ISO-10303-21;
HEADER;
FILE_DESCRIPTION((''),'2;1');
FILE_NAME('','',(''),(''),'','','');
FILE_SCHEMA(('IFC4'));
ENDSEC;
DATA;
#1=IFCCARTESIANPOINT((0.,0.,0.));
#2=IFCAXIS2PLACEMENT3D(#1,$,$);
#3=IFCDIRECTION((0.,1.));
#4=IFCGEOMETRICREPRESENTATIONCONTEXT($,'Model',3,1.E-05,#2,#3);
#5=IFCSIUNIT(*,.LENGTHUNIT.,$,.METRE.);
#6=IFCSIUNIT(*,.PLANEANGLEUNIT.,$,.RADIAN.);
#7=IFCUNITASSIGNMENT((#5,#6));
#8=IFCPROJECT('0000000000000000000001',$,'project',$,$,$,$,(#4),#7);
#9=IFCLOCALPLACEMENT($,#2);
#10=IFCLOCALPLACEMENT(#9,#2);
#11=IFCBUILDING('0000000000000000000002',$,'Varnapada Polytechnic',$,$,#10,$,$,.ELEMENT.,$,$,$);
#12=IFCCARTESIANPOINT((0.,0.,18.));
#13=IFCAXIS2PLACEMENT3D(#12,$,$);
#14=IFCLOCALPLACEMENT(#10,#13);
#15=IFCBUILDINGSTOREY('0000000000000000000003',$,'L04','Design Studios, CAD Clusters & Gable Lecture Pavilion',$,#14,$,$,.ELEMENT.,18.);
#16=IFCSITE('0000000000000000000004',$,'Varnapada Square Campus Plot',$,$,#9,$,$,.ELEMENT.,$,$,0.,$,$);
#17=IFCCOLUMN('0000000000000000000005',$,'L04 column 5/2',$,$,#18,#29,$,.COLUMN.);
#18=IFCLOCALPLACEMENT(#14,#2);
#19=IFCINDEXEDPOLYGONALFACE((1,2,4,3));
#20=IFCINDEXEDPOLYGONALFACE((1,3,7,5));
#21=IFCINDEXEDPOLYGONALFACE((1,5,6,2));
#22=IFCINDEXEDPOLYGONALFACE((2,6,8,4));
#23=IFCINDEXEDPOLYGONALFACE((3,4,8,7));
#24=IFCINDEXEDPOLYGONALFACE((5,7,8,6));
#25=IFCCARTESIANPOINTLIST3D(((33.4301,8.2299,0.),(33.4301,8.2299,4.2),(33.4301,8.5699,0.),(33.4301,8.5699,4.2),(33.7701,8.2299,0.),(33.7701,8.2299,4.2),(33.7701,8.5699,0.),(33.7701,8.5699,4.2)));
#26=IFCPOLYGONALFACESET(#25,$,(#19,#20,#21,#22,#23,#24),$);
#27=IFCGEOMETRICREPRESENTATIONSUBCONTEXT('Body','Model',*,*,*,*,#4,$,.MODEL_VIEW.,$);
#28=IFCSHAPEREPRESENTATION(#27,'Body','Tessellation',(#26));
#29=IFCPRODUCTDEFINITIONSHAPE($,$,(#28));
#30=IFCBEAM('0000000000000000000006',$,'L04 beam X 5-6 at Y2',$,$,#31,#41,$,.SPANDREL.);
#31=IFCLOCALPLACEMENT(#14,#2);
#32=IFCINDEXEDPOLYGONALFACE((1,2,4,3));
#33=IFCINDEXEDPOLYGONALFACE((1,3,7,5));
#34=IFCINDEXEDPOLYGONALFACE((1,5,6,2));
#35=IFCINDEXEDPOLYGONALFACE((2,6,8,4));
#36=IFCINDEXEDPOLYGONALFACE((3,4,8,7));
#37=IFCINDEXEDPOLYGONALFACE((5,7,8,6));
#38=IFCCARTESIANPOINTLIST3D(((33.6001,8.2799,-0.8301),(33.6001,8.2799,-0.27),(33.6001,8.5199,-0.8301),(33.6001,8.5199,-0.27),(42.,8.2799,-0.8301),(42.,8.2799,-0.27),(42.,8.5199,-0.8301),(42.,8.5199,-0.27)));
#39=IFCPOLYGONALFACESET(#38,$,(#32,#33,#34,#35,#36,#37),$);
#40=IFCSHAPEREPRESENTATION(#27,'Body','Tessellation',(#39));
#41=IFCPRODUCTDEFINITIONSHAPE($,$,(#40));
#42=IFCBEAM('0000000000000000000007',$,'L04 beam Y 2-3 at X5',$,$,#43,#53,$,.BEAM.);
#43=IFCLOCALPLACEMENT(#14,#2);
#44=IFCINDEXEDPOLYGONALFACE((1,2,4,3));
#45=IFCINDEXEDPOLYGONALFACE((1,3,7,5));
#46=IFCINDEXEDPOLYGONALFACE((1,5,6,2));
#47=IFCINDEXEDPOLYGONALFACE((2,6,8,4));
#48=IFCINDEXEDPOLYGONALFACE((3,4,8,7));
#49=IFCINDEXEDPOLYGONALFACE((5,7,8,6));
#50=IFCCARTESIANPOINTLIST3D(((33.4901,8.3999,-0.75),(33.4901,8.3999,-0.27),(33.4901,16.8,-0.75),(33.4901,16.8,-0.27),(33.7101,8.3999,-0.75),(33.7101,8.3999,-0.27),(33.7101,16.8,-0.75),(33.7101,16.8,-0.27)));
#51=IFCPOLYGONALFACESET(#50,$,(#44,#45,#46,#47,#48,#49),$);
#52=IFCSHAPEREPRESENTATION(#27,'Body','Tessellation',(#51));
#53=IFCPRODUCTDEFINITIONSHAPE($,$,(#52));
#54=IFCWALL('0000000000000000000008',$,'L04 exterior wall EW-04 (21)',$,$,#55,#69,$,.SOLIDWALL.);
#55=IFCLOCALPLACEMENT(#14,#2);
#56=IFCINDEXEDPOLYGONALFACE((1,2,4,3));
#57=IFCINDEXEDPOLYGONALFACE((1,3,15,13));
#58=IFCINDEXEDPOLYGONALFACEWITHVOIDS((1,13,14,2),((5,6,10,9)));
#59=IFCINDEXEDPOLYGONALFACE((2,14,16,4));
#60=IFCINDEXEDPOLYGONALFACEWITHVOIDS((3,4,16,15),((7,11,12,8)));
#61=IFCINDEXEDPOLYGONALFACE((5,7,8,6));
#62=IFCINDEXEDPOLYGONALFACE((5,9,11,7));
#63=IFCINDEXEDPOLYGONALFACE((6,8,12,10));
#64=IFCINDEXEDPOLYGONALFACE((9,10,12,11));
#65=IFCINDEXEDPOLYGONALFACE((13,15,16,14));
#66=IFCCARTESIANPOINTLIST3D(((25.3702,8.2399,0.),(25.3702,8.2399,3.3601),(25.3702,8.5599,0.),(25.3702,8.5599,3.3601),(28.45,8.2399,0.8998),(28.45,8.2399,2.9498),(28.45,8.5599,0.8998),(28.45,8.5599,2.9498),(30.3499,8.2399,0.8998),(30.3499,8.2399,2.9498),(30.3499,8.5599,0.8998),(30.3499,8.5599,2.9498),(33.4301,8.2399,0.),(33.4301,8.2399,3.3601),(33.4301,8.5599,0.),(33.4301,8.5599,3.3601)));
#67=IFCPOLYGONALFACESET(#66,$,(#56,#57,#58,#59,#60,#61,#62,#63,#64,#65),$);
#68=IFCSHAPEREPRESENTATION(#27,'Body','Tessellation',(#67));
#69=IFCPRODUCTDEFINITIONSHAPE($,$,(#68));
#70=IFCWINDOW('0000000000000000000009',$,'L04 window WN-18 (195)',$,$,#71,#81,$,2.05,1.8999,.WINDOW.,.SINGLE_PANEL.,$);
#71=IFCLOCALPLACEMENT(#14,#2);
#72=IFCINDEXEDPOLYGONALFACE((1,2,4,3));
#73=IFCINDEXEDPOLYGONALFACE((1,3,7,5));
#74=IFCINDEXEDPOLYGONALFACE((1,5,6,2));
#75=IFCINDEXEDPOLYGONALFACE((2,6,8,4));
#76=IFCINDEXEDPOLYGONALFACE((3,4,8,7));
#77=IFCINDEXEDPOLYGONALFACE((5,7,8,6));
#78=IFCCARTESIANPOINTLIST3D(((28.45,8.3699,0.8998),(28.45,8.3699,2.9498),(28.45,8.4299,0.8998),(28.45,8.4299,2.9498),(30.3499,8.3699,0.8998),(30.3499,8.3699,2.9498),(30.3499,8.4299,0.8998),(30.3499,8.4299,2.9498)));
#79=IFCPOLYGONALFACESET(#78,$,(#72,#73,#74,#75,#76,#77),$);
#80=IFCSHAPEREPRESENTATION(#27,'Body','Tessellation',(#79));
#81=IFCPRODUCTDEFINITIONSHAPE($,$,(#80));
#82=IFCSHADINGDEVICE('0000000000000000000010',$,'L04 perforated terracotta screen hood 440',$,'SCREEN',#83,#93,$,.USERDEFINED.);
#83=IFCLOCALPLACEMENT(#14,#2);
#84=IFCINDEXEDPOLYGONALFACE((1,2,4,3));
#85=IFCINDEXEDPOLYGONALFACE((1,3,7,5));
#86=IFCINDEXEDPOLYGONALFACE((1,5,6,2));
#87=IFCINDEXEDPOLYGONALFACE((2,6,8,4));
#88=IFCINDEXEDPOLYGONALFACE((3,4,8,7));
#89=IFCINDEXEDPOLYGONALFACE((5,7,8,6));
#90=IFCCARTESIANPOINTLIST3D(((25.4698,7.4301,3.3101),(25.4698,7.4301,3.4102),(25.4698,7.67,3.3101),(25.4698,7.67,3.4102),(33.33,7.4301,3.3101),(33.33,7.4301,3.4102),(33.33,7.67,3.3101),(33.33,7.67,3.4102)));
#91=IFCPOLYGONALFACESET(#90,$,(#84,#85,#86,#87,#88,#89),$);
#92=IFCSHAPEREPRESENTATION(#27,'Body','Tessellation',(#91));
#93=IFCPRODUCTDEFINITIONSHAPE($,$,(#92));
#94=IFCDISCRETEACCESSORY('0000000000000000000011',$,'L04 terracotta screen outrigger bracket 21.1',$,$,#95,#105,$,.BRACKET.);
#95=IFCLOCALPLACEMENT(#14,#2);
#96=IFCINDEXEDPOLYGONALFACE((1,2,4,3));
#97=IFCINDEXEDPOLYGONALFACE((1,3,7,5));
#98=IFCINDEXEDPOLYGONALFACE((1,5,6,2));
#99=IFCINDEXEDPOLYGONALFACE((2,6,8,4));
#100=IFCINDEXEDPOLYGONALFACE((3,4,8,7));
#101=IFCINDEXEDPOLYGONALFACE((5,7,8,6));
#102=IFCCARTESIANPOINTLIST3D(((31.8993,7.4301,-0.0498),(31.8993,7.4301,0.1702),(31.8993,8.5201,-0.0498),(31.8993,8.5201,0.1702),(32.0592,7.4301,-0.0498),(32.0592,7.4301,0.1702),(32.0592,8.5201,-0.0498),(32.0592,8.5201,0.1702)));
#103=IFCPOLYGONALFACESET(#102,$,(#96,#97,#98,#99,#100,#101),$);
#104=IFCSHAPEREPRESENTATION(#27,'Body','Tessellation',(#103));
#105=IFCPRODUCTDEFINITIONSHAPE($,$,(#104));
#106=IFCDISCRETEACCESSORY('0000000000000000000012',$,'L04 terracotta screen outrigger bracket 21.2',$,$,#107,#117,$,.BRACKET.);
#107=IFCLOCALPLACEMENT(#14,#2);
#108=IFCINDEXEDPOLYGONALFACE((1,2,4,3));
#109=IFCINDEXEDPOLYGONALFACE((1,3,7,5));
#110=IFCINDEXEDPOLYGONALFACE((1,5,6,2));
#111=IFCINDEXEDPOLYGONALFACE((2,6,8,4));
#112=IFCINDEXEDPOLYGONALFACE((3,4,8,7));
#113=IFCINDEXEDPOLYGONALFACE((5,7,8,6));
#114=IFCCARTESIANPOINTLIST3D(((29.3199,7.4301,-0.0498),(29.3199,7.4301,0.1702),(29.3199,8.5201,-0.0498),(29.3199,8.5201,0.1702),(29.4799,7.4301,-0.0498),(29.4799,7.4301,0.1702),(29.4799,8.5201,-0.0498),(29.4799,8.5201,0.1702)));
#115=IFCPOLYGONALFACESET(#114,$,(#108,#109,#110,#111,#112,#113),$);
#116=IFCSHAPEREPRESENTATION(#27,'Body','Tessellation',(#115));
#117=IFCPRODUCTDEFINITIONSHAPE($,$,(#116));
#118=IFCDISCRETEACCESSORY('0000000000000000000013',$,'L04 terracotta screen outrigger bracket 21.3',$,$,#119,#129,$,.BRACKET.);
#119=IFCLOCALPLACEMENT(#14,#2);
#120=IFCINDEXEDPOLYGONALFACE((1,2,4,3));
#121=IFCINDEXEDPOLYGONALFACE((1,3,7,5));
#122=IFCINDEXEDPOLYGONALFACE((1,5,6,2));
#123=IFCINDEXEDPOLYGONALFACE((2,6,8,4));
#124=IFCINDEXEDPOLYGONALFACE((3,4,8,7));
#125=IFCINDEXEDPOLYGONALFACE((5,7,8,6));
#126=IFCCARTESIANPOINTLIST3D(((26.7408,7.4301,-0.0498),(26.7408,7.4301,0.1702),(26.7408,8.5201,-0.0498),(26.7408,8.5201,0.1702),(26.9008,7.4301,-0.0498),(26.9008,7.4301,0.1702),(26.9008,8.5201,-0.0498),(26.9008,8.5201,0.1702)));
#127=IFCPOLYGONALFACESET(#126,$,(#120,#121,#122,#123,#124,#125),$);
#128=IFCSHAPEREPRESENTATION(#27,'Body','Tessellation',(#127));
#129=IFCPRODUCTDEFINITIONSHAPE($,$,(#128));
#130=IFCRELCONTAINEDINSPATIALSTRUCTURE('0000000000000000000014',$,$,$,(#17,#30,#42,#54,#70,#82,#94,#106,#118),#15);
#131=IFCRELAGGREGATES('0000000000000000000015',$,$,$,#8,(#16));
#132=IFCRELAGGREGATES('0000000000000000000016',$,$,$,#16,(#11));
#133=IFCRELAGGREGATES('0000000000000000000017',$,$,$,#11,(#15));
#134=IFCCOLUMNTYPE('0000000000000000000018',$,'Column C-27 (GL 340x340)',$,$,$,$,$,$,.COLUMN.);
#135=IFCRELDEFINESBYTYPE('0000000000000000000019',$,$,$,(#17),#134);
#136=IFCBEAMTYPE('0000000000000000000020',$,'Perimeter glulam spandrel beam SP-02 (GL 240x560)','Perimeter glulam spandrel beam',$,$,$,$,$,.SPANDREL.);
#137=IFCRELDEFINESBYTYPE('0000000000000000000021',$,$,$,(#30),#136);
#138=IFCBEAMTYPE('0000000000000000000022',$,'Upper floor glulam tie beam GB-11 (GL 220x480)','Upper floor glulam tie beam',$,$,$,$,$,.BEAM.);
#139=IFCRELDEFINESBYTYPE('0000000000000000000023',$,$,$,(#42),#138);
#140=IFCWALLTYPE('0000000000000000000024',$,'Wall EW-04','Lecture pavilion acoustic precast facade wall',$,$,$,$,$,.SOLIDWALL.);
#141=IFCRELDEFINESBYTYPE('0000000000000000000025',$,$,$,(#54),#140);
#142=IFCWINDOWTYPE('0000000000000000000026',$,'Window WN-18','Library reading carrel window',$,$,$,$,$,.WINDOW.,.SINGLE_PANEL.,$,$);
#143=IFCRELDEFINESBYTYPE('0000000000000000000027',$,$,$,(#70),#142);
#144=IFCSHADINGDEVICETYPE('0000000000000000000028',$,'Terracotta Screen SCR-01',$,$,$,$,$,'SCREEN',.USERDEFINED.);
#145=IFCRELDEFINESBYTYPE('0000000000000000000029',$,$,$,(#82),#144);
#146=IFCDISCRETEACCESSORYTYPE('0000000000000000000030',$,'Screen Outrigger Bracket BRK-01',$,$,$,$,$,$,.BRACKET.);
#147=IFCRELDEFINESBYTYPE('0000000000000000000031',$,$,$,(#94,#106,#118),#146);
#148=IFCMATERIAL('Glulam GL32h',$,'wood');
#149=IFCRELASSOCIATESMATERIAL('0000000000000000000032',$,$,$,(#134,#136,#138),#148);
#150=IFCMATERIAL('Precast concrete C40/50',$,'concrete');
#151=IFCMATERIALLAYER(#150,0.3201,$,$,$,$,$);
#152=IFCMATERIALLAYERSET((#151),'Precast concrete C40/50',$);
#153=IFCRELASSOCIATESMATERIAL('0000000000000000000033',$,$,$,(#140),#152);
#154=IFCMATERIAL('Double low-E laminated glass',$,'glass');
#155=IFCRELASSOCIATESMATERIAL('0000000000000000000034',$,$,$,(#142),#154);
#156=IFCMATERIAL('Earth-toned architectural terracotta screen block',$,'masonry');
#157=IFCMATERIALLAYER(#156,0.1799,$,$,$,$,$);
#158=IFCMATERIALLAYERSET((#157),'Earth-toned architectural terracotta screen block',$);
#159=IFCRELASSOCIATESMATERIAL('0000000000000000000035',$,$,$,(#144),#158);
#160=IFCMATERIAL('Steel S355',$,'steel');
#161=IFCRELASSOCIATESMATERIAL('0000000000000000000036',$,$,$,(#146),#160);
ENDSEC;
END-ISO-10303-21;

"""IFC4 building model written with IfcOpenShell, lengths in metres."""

from ifc_helpers import new_model, si_unit, direction, frame, frame_2d, origin, origin_2d, place, context, subcontext, project, spatial, rectangle, extrude, material, layer, layer_set, material_profile, profile_set, type_object, element, fill, save


model = new_model("IFC4")

# Units and contexts
model_context = context("Model", 3, precision=1e-05, world=origin(), true_north=direction((0.0, 1.0)))
body_context = subcontext(model_context, "Body", "Model", "MODEL_VIEW")
ifc_project = project(units=[si_unit("LENGTHUNIT", "METRE"), si_unit("PLANEANGLEUNIT", "RADIAN")], contexts=[model_context])

# Site, building, storey
site_placement = place(None, origin())
site = spatial("IfcSite", under=ifc_project, at=site_placement, Name="Varnapada Square Campus Plot", CompositionType="ELEMENT", RefElevation=0.0)
building_placement = place(site_placement, origin())
building = spatial("IfcBuilding", under=site, at=building_placement, Name="Varnapada Polytechnic", CompositionType="ELEMENT")
storey_placement = place(building_placement, frame((0.0, 0.0, 18.0)))
storey = spatial("IfcBuildingStorey", under=building, at=storey_placement, Name="L04", Description="Design Studios, CAD Clusters & Gable Lecture Pavilion", CompositionType="ELEMENT", Elevation=18.0)

# Column
ifc_material_1 = material(Name="Glulam GL32h", Category="wood")
ifc_material_profile_1 = material_profile(ifc_material_1, rectangle(XDim=0.3401, YDim=0.3401, at=origin_2d()), Name="GL 340x340")
ifc_profile_set_1 = profile_set([ifc_material_profile_1], Name="Glulam GL32h")
column_type = type_object("IfcColumnType", Name="Column C-27 (GL 340x340)", PredefinedType="COLUMN", material=ifc_profile_set_1)
column_placement = place(storey_placement, frame((33.6001, 8.3999, 0.0), z_axis=(0.0, 0.0, 1.0), x_axis=(1.0, 0.0, 0.0)))
element("IfcColumn", 1, at=column_placement, inside=storey, type_object=column_type, Name="L04 column 5/2", PredefinedType="COLUMN", context=body_context, shape_type="SweptSolid", body=[
    extrude(rectangle(XDim=0.3401, YDim=0.3401, at=origin_2d()), origin(), (0.0, 0.0, 1.0), 4.2),
])

# Beams
ifc_material_profile_2 = material_profile(ifc_material_1, rectangle(XDim=0.24, YDim=0.5601, at=origin_2d()), Name="GL 240x560")
ifc_profile_set_2 = profile_set([ifc_material_profile_2], Name="Glulam GL32h")
beam_type_1 = type_object("IfcBeamType", Name="Perimeter glulam spandrel beam SP-02 (GL 240x560)", Description="Perimeter glulam spandrel beam", PredefinedType="SPANDREL", material=ifc_profile_set_2)
beam_1_placement = place(storey_placement, frame((33.6001, 8.3999, -0.55), z_axis=(1.0, 0.0, 0.0), x_axis=(0.0, 1.0, 0.0)))
element("IfcBeam", 2, at=beam_1_placement, inside=storey, type_object=beam_type_1, Name="L04 beam X 5-6 at Y2", PredefinedType="SPANDREL", context=body_context, shape_type="SweptSolid", body=[
    extrude(rectangle(XDim=0.24, YDim=0.5601, at=origin_2d()), origin(), (0.0, 0.0, 1.0), 8.3999),
])
ifc_material_profile_3 = material_profile(ifc_material_1, rectangle(XDim=0.22, YDim=0.48, at=origin_2d()), Name="GL 220x480")
ifc_profile_set_3 = profile_set([ifc_material_profile_3], Name="Glulam GL32h")
beam_type_2 = type_object("IfcBeamType", Name="Upper floor glulam tie beam GB-11 (GL 220x480)", Description="Upper floor glulam tie beam", PredefinedType="BEAM", material=ifc_profile_set_3)
beam_2_placement = place(storey_placement, frame((33.6001, 8.3999, -0.51), z_axis=(0.0, 1.0, 0.0), x_axis=(-1.0, 0.0, 0.0)))
element("IfcBeam", 3, at=beam_2_placement, inside=storey, type_object=beam_type_2, Name="L04 beam Y 2-3 at X5", PredefinedType="BEAM", context=body_context, shape_type="SweptSolid", body=[
    extrude(rectangle(XDim=0.22, YDim=0.48, at=origin_2d()), origin(), (0.0, 0.0, 1.0), 8.4001),
])

# Wall, opening, window
ifc_material_2 = material(Name="Precast concrete C40/50", Category="concrete")
ifc_layer_1 = layer(ifc_material_2, 0.3201)
ifc_layer_set_1 = layer_set([ifc_layer_1], Name="Precast concrete C40/50")
wall_type = type_object("IfcWallType", Name="Wall EW-04", Description="Lecture pavilion acoustic precast facade wall", PredefinedType="SOLIDWALL", material=ifc_layer_set_1)
wall_placement = place(storey_placement, frame((33.4299, 8.3999, 0.0), z_axis=(0.0, 0.0, 1.0), x_axis=(-1.0, 0.0, 0.0)))
wall = element("IfcWall", 4, at=wall_placement, inside=storey, type_object=wall_type, Name="L04 exterior wall EW-04 (21)", PredefinedType="SOLIDWALL", context=body_context, shape_type="SweptSolid", body=[
    extrude(rectangle(XDim=8.0598, YDim=0.3201, at=frame_2d((4.0298, 0.0))), origin(), (0.0, 0.0, 1.0), 3.3601),
])
opening_1_placement = place(wall_placement, frame((3.0801, 0.0, 0.8999)))
opening_1 = element("IfcOpeningElement", 5, at=opening_1_placement, cuts=wall, PredefinedType="OPENING", context=body_context, shape_type="SweptSolid", body=[
    extrude(rectangle(XDim=1.8999, YDim=2.05, at=frame_2d((0.95, 1.0249))), frame((0.0, 0.1699, 0.0), z_axis=(0.0, -1.0, 0.0), x_axis=(1.0, 0.0, 0.0)), (0.0, 0.0, 1.0), 0.3401),
])
ifc_material_3 = material(Name="Double low-E laminated glass", Category="glass")
window_type = type_object("IfcWindowType", Name="Window WN-18", Description="Library reading carrel window", PartitioningType="SINGLE_PANEL", PredefinedType="WINDOW", material=ifc_material_3)
window_placement = place(opening_1_placement, origin())
window = element("IfcWindow", 6, at=window_placement, inside=storey, type_object=window_type, Name="L04 window WN-18 (195)", OverallHeight=2.05, OverallWidth=1.8999, PartitioningType="SINGLE_PANEL", PredefinedType="WINDOW", context=body_context, shape_type="SweptSolid", body=[
    extrude(rectangle(XDim=1.8999, YDim=2.05, at=frame_2d((0.95, 1.0249))), frame((0.0, 0.03, 0.0), z_axis=(0.0, -1.0, 0.0), x_axis=(1.0, 0.0, 0.0)), (0.0, 0.0, 1.0), 0.0601),
])
fill(opening_1, window)

# Shared definitions
ifc_material_4 = material(Name="Earth-toned architectural terracotta screen block", Category="masonry")

# Shading device
ifc_layer_2 = layer(ifc_material_4, 0.1799)
ifc_layer_set_2 = layer_set([ifc_layer_2], Name="Earth-toned architectural terracotta screen block")
shading_device_type = type_object("IfcShadingDeviceType", Name="Terracotta Screen SCR-01", ElementType="SCREEN", PredefinedType="USERDEFINED", material=ifc_layer_set_2)
shading_device_placement = place(storey_placement, frame((29.3999, 7.55, 3.3101), z_axis=(0.0, 0.0, 1.0), x_axis=(-1.0, 0.0, 0.0)))
element("IfcShadingDevice", 7, at=shading_device_placement, inside=storey, type_object=shading_device_type, Name="L04 perforated terracotta screen hood 440", ObjectType="SCREEN", PredefinedType="USERDEFINED", context=body_context, shape_type="SweptSolid", body=[
    extrude(rectangle(XDim=7.8601, YDim=0.24, at=origin_2d()), origin(), (0.0, 0.0, 1.0), 0.1001),
])

# Discrete accessories
ifc_material_5 = material(Name="Steel S355", Category="steel")
discrete_accessory_type = type_object("IfcDiscreteAccessoryType", Name="Screen Outrigger Bracket BRK-01", PredefinedType="BRACKET", material=ifc_material_5)
for number, where, z_axis, x_axis, name in (
    (8, (31.9792, 7.9751, -0.0498), (0.0, 0.0, 1.0), (-1.0, 0.0, 0.0), "L04 terracotta screen outrigger bracket 21.1"),
    (9, (29.3999, 7.9751, -0.0498), (0.0, 0.0, 1.0), (-1.0, 0.0, 0.0), "L04 terracotta screen outrigger bracket 21.2"),
    (10, (26.8208, 7.9751, -0.0498), (0.0, 0.0, 1.0), (-1.0, 0.0, 0.0), "L04 terracotta screen outrigger bracket 21.3"),
):
    element("IfcDiscreteAccessory", number, at=place(storey_placement, frame(where, z_axis=z_axis, x_axis=x_axis)), inside=storey, type_object=discrete_accessory_type, Name=name, PredefinedType="BRACKET", context=body_context, shape_type="SweptSolid", body=[
        extrude(rectangle(XDim=0.1599, YDim=1.0901, at=origin_2d()), origin(), (0.0, 0.0, 1.0), 0.22),
    ])

save(model, "model.ifc")
